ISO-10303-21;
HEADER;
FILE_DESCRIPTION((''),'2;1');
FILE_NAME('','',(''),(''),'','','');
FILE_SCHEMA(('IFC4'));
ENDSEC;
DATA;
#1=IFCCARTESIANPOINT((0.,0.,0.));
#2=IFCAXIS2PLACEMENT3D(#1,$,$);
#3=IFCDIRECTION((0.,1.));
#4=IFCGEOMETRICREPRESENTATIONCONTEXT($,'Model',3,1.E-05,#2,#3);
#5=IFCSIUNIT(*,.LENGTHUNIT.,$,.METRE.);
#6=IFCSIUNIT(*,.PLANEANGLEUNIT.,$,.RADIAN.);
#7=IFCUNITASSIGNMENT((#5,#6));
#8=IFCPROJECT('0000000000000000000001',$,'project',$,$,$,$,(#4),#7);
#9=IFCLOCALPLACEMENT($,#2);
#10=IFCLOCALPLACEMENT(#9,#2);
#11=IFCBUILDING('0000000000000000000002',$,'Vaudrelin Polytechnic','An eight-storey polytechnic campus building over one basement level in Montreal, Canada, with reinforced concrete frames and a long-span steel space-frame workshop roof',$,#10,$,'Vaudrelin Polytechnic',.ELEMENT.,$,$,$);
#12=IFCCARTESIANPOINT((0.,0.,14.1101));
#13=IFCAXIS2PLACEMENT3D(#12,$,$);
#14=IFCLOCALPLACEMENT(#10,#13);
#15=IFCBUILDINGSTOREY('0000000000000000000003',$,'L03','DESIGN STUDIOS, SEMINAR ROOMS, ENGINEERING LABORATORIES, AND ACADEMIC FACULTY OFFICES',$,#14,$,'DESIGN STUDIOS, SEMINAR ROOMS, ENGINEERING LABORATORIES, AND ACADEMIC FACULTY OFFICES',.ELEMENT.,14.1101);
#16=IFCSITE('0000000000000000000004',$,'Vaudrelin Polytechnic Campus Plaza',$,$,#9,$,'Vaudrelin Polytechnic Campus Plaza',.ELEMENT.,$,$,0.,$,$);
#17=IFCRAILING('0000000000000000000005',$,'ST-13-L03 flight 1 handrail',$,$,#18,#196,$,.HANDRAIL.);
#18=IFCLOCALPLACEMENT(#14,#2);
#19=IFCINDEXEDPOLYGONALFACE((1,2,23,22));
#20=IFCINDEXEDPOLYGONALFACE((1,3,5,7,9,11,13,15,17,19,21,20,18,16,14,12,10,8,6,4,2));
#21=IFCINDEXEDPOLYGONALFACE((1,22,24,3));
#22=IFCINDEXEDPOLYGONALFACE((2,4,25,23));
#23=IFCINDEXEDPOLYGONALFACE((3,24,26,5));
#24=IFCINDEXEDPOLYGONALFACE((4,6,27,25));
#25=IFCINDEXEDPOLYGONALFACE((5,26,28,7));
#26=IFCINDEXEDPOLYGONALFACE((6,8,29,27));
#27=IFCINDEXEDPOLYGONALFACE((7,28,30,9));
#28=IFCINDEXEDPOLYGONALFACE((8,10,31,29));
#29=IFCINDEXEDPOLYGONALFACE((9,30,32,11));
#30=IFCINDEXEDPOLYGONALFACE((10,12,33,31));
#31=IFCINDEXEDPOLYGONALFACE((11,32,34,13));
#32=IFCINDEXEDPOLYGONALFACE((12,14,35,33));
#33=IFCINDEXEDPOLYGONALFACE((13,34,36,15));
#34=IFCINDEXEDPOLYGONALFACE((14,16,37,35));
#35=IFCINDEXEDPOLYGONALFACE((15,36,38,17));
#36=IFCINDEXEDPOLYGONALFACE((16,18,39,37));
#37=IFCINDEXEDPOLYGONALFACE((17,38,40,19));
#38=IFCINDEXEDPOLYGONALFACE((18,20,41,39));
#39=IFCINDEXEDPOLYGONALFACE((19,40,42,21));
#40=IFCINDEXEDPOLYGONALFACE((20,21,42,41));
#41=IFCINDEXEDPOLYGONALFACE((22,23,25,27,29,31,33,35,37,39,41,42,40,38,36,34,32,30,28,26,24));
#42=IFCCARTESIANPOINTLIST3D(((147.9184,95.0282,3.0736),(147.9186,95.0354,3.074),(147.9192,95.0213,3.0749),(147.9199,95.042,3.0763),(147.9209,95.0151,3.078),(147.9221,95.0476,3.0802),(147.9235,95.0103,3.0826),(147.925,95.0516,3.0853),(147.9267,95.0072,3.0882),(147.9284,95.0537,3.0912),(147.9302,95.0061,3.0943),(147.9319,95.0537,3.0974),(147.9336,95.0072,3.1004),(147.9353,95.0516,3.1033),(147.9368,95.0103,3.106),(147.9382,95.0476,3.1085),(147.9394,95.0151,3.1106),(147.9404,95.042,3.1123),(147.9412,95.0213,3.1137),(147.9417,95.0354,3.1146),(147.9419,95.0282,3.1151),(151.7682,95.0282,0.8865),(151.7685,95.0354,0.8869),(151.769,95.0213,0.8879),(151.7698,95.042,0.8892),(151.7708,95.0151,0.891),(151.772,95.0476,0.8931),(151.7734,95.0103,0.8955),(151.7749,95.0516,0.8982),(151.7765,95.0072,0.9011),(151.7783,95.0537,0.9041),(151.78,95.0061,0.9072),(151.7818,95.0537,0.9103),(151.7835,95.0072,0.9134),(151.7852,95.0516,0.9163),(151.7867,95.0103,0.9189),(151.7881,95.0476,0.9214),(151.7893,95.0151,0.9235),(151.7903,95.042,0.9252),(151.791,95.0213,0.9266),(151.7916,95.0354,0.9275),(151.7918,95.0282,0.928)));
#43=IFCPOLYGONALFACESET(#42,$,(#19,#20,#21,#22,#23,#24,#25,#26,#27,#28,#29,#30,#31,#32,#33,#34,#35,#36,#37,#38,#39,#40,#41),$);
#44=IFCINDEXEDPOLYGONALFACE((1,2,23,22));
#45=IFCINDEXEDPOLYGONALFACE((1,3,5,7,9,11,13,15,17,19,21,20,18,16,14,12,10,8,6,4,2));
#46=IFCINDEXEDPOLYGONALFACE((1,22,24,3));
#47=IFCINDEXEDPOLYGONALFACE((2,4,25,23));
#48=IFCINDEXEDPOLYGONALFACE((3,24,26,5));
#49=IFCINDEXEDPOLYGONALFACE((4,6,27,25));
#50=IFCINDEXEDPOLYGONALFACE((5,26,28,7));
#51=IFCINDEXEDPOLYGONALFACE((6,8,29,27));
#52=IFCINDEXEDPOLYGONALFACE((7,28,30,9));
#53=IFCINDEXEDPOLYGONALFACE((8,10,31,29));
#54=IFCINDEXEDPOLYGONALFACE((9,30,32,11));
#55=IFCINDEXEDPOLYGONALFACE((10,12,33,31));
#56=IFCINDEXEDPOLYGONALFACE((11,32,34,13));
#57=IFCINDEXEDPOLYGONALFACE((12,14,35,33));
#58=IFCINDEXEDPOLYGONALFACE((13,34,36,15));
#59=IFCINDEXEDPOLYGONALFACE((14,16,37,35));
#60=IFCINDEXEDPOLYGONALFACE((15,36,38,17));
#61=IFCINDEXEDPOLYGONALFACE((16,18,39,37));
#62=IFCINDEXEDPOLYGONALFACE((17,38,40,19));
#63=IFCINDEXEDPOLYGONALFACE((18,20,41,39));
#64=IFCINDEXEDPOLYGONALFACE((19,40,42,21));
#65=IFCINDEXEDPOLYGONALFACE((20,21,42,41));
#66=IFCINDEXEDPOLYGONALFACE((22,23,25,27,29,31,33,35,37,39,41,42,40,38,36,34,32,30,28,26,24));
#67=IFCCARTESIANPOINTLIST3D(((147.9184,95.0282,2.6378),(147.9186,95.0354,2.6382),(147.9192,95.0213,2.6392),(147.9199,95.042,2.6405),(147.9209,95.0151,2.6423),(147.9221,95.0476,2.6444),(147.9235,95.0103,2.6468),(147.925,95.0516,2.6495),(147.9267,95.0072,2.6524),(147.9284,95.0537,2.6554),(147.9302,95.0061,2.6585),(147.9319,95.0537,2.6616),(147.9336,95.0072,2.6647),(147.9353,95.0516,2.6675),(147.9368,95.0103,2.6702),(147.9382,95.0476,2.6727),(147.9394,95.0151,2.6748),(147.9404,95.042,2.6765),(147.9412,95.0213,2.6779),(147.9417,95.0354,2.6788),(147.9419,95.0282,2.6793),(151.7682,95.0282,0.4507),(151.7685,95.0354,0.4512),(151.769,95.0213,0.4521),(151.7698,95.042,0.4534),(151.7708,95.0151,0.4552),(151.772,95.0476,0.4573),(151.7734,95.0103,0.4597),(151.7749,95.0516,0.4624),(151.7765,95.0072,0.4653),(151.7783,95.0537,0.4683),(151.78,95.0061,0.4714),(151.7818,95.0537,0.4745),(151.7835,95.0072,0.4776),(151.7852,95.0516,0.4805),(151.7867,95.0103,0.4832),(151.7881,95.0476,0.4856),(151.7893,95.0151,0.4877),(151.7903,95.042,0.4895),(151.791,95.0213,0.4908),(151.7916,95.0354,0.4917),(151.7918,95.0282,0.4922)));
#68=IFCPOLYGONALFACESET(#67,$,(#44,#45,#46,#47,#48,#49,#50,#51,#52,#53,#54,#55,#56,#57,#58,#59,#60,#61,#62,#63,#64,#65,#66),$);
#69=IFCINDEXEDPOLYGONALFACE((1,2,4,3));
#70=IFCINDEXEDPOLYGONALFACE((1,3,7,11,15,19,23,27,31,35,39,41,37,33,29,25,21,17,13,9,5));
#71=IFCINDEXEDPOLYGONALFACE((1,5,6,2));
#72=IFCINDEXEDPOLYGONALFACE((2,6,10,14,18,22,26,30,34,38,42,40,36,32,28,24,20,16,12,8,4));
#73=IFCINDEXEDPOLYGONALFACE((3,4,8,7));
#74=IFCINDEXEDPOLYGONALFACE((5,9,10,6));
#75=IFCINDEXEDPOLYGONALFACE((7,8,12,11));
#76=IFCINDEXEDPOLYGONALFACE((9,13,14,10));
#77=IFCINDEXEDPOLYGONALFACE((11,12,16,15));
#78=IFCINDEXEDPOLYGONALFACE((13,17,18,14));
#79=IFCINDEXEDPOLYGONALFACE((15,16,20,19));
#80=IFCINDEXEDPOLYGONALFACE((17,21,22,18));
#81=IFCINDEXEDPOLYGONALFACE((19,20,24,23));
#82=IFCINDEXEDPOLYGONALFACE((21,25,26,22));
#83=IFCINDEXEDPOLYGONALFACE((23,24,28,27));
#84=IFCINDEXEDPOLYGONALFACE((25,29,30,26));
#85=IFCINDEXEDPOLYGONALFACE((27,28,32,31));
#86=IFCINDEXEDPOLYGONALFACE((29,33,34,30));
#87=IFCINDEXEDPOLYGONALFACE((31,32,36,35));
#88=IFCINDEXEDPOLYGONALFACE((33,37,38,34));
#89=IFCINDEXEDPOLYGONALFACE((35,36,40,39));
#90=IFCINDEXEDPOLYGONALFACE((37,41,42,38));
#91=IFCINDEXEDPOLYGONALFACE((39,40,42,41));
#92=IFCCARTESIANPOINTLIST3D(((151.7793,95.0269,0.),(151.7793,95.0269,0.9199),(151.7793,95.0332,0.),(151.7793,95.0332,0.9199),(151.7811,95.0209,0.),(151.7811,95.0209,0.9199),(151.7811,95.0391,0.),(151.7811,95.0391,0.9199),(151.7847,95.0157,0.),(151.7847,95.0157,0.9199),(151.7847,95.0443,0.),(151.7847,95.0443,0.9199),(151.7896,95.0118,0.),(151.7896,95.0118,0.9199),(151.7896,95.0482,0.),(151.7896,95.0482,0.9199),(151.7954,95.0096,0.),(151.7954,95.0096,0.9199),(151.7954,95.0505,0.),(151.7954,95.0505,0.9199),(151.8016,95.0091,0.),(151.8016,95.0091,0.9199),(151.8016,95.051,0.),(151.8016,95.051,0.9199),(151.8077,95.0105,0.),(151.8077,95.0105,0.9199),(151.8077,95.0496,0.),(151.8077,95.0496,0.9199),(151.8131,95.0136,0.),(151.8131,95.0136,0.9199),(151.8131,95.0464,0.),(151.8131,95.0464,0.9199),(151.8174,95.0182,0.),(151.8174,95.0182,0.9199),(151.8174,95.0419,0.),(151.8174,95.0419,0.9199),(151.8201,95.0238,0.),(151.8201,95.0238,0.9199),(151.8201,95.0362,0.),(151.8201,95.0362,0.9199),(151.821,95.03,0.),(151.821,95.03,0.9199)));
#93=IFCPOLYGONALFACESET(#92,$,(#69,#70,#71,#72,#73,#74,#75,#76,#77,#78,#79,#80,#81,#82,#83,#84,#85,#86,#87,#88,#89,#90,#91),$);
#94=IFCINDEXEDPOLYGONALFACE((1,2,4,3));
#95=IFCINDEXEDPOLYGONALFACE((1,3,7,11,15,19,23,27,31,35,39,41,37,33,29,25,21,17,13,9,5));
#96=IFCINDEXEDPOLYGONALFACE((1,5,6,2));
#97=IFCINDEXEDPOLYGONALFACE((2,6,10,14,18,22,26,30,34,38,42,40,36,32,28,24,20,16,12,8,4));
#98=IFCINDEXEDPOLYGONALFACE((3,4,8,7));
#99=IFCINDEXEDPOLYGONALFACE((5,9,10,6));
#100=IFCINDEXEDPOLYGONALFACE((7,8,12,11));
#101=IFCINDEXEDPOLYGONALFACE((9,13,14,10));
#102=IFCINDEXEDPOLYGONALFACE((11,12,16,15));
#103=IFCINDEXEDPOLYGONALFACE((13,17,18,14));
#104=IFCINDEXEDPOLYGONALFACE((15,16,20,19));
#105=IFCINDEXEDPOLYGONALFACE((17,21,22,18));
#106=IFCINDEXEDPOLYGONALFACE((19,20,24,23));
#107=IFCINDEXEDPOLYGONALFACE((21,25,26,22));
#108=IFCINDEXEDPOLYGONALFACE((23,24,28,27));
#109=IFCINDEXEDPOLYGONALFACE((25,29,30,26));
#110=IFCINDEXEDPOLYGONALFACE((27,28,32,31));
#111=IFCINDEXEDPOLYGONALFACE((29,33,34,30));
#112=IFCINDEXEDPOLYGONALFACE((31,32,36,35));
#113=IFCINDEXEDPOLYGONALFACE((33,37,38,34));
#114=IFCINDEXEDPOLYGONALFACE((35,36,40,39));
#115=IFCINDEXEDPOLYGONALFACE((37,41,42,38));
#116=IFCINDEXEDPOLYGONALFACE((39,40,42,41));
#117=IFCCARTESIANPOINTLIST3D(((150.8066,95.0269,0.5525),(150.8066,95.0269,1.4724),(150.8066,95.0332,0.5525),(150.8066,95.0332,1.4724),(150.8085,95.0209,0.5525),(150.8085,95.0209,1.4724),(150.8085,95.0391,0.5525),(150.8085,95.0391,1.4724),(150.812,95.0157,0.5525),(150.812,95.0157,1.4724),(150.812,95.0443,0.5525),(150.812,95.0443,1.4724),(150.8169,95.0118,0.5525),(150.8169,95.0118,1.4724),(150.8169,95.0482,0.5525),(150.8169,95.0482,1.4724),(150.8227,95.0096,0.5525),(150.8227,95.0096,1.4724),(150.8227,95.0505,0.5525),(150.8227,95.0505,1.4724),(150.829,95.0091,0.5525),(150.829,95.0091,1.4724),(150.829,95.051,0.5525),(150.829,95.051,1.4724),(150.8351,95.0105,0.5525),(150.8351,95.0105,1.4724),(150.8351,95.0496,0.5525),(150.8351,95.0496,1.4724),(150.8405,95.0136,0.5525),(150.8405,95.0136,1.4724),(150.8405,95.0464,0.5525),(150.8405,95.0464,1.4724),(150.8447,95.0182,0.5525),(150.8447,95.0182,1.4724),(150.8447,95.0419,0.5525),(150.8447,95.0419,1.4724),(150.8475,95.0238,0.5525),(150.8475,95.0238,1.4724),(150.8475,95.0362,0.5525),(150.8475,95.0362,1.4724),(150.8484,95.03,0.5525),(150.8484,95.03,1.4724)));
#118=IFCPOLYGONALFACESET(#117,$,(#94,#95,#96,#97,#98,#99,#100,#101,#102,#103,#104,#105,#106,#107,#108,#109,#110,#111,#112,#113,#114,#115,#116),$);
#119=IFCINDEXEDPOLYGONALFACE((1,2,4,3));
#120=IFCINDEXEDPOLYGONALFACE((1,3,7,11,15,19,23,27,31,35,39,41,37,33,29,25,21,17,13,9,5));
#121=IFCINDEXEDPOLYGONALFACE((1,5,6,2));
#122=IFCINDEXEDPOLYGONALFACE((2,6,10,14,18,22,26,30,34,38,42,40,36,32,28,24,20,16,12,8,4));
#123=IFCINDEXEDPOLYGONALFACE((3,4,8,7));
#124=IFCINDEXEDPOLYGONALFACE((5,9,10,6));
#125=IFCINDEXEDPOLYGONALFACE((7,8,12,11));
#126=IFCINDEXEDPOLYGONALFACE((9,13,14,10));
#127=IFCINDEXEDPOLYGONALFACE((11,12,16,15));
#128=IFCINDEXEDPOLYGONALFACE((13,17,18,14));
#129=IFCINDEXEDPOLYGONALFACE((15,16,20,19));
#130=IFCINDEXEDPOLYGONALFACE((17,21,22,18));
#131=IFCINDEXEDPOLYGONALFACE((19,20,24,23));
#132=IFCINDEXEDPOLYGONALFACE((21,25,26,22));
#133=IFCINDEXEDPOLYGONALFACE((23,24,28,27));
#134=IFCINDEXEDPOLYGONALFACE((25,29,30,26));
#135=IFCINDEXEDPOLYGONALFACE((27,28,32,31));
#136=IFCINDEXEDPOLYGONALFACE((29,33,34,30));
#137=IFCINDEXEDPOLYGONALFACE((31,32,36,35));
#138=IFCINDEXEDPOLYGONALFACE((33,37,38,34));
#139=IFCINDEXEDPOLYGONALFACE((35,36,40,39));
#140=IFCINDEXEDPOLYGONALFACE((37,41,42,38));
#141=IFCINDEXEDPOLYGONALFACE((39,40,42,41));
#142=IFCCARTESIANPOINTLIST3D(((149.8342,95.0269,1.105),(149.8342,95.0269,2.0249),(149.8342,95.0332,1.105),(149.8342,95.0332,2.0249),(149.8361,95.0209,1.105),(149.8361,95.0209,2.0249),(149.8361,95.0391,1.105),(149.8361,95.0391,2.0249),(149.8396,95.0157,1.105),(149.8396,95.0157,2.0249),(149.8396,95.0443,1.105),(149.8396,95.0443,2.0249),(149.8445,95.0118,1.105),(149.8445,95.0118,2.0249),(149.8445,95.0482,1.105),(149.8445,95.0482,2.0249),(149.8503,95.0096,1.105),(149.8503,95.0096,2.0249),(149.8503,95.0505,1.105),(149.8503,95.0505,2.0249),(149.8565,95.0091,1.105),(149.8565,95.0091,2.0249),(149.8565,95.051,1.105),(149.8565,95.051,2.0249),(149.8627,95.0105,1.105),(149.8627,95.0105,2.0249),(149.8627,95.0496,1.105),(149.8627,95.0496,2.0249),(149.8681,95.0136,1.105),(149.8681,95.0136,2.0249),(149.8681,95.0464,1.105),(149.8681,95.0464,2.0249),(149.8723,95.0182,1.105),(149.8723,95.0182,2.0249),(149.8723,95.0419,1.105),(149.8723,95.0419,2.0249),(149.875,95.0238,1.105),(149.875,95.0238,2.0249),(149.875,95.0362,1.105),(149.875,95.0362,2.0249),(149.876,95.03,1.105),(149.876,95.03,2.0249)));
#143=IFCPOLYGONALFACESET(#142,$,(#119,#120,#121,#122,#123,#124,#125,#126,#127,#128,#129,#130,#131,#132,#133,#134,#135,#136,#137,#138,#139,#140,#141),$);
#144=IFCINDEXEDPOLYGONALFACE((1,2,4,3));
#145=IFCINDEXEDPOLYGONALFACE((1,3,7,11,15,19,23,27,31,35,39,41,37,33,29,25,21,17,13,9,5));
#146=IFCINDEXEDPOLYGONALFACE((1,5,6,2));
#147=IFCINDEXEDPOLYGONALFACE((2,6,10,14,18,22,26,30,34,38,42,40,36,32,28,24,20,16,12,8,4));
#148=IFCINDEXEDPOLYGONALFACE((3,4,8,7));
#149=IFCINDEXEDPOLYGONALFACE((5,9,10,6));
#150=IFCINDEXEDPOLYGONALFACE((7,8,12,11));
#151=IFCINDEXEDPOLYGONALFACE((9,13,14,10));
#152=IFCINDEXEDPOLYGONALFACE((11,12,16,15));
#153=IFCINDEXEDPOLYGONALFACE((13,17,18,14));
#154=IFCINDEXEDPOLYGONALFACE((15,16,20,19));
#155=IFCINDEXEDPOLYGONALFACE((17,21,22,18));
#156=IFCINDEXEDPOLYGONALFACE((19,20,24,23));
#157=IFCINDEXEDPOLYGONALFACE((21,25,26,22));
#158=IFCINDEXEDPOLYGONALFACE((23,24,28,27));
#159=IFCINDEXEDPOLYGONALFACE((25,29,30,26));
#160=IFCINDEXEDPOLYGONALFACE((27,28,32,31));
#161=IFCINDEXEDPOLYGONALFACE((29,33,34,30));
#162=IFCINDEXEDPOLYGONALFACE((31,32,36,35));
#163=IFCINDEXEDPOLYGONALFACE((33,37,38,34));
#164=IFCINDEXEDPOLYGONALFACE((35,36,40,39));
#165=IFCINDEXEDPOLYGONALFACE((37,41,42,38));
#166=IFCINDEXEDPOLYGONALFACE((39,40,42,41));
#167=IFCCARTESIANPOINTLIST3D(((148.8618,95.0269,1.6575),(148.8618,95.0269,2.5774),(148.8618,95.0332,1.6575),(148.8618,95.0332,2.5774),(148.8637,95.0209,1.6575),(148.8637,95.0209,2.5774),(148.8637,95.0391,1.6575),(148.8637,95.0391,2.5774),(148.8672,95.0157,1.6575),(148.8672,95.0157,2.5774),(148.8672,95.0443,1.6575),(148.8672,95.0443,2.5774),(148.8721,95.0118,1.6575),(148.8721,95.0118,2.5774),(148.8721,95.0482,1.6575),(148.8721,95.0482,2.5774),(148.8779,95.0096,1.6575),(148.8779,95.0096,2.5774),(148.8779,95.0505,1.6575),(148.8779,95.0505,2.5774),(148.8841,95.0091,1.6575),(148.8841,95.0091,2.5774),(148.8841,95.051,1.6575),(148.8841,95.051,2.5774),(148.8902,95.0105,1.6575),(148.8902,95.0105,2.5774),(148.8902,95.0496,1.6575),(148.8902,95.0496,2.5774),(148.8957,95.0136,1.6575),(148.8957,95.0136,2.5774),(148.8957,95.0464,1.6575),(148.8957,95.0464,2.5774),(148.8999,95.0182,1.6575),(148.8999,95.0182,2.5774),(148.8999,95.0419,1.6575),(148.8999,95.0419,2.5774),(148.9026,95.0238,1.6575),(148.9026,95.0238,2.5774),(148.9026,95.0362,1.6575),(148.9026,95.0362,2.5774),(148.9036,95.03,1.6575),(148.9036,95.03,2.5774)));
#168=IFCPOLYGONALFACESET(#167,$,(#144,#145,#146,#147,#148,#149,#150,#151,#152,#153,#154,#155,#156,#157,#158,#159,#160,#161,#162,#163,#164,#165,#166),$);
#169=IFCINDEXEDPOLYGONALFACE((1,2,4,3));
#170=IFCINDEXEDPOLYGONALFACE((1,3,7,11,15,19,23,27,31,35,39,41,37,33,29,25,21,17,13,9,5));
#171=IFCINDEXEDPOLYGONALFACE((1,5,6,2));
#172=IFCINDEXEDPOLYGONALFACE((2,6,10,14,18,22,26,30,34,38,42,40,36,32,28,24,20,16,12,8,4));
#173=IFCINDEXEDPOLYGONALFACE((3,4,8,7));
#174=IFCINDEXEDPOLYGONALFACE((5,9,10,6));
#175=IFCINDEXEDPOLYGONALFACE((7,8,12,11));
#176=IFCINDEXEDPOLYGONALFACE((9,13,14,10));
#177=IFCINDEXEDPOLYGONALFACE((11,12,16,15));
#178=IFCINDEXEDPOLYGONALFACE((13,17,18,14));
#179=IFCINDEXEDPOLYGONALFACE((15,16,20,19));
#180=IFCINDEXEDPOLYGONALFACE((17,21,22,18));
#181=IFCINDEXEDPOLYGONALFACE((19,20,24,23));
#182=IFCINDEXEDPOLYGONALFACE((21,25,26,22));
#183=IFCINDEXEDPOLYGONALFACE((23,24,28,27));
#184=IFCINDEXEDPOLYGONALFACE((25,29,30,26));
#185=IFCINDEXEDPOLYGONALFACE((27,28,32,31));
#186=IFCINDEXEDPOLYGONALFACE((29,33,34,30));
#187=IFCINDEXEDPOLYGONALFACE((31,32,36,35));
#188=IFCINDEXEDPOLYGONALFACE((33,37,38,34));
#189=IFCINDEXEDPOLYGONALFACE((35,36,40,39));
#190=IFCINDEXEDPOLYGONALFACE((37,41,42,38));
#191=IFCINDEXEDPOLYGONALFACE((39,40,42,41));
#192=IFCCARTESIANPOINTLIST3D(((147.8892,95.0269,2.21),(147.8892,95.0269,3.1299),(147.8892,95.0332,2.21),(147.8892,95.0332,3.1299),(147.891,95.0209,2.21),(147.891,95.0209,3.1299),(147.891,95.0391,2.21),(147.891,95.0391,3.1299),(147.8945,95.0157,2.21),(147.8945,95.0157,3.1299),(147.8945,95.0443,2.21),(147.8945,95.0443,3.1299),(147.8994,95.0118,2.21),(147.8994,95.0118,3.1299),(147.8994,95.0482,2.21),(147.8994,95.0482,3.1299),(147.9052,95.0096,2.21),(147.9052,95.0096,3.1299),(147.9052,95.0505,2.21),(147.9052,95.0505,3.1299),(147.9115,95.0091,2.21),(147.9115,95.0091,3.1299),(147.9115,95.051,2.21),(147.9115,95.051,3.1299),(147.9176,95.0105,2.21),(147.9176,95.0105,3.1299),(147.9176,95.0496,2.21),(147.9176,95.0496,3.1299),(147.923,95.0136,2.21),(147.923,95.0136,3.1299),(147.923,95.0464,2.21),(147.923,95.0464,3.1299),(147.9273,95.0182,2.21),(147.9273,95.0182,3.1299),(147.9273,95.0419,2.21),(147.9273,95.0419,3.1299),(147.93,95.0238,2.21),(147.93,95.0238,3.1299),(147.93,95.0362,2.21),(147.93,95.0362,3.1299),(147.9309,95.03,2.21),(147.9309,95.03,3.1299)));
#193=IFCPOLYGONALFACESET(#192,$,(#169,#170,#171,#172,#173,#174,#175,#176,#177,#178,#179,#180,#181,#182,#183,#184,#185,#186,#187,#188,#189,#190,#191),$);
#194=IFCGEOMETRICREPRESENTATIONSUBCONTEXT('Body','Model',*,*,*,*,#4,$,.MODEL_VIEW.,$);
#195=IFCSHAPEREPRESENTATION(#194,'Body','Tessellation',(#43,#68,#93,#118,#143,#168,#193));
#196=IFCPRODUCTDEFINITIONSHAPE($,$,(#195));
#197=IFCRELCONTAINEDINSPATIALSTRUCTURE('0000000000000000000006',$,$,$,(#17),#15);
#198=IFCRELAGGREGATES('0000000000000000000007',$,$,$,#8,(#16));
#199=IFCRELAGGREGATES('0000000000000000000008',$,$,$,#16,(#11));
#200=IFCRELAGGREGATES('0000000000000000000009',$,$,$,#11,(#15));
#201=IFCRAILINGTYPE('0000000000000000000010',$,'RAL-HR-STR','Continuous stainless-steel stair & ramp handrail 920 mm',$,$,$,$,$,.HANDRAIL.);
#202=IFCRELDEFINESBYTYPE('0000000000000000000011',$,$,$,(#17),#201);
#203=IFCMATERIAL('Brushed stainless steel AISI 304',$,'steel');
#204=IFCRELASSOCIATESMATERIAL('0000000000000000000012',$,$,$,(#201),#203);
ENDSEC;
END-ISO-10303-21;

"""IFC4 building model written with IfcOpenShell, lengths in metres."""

from ifc_helpers import new_model, si_unit, direction, frame, origin, origin_2d, place, context, subcontext, project, spatial, circle, extrude, material, type_object, element, save


model = new_model("IFC4")

# Units and contexts
model_context = context("Model", 3, precision=1e-05, world=origin(), true_north=direction((0.0, 1.0)))
body_context = subcontext(model_context, "Body", "Model", "MODEL_VIEW")
ifc_project = project(units=[si_unit("LENGTHUNIT", "METRE"), si_unit("PLANEANGLEUNIT", "RADIAN")], contexts=[model_context])

# Site, building, storey
site_placement = place(None, origin())
site = spatial("IfcSite", under=ifc_project, at=site_placement, Name="Vaudrelin Polytechnic Campus Plaza", LongName="Vaudrelin Polytechnic Campus Plaza", CompositionType="ELEMENT", RefElevation=0.0)
building_placement = place(site_placement, origin())
building = spatial("IfcBuilding", under=site, at=building_placement, Name="Vaudrelin Polytechnic", Description="An eight-storey polytechnic campus building over one basement level in Montreal, Canada, with reinforced concrete frames and a long-span steel space-frame workshop roof", LongName="Vaudrelin Polytechnic", CompositionType="ELEMENT")
storey_placement = place(building_placement, frame((0.0, 0.0, 14.1101)))
storey = spatial("IfcBuildingStorey", under=building, at=storey_placement, Name="L03", Description="DESIGN STUDIOS, SEMINAR ROOMS, ENGINEERING LABORATORIES, AND ACADEMIC FACULTY OFFICES", LongName="DESIGN STUDIOS, SEMINAR ROOMS, ENGINEERING LABORATORIES, AND ACADEMIC FACULTY OFFICES", CompositionType="ELEMENT", Elevation=14.1101)

# Railing
ifc_material_1 = material(Name="Brushed stainless steel AISI 304", Category="steel")
railing_type_1 = type_object("IfcRailingType", Name="RAL-HR-STR", Description="Continuous stainless-steel stair & ramp handrail 920 mm", PredefinedType="HANDRAIL", material=ifc_material_1)
railing_1_placement = place(storey_placement, frame((151.8, 95.03, 0.0)))
element("IfcRailing", 1, at=railing_1_placement, inside=storey, type_object=railing_type_1, Name="ST-13-L03 flight 1 handrail", PredefinedType="HANDRAIL", context=body_context, shape_type="SweptSolid", body=[
    extrude(circle(Radius=0.0239, at=origin_2d()), frame((-0.02, 0.0, 0.9072), z_axis=(-0.86949, 0.0, 0.493951), x_axis=(0.0, -1.0, 0.0)), (0.0, 0.0, 1.0), 4.4277),
    extrude(circle(Radius=0.0239, at=origin_2d()), frame((-0.02, 0.0, 0.4714), z_axis=(-0.86949, 0.0, 0.493951), x_axis=(0.0, -1.0, 0.0)), (0.0, 0.0, 1.0), 4.4277),
    extrude(circle(Radius=0.021, at=origin_2d()), origin(), (0.0, 0.0, 1.0), 0.9199),
    extrude(circle(Radius=0.021, at=origin_2d()), frame((-0.9727, 0.0, 0.5525)), (0.0, 0.0, 1.0), 0.9199),
    extrude(circle(Radius=0.021, at=origin_2d()), frame((-1.9451, 0.0, 1.105)), (0.0, 0.0, 1.0), 0.9199),
    extrude(circle(Radius=0.021, at=origin_2d()), frame((-2.9175, 0.0, 1.6575)), (0.0, 0.0, 1.0), 0.9199),
    extrude(circle(Radius=0.021, at=origin_2d()), frame((-3.8901, 0.0, 2.21)), (0.0, 0.0, 1.0), 0.9199),
])

save(model, "model.ifc")
